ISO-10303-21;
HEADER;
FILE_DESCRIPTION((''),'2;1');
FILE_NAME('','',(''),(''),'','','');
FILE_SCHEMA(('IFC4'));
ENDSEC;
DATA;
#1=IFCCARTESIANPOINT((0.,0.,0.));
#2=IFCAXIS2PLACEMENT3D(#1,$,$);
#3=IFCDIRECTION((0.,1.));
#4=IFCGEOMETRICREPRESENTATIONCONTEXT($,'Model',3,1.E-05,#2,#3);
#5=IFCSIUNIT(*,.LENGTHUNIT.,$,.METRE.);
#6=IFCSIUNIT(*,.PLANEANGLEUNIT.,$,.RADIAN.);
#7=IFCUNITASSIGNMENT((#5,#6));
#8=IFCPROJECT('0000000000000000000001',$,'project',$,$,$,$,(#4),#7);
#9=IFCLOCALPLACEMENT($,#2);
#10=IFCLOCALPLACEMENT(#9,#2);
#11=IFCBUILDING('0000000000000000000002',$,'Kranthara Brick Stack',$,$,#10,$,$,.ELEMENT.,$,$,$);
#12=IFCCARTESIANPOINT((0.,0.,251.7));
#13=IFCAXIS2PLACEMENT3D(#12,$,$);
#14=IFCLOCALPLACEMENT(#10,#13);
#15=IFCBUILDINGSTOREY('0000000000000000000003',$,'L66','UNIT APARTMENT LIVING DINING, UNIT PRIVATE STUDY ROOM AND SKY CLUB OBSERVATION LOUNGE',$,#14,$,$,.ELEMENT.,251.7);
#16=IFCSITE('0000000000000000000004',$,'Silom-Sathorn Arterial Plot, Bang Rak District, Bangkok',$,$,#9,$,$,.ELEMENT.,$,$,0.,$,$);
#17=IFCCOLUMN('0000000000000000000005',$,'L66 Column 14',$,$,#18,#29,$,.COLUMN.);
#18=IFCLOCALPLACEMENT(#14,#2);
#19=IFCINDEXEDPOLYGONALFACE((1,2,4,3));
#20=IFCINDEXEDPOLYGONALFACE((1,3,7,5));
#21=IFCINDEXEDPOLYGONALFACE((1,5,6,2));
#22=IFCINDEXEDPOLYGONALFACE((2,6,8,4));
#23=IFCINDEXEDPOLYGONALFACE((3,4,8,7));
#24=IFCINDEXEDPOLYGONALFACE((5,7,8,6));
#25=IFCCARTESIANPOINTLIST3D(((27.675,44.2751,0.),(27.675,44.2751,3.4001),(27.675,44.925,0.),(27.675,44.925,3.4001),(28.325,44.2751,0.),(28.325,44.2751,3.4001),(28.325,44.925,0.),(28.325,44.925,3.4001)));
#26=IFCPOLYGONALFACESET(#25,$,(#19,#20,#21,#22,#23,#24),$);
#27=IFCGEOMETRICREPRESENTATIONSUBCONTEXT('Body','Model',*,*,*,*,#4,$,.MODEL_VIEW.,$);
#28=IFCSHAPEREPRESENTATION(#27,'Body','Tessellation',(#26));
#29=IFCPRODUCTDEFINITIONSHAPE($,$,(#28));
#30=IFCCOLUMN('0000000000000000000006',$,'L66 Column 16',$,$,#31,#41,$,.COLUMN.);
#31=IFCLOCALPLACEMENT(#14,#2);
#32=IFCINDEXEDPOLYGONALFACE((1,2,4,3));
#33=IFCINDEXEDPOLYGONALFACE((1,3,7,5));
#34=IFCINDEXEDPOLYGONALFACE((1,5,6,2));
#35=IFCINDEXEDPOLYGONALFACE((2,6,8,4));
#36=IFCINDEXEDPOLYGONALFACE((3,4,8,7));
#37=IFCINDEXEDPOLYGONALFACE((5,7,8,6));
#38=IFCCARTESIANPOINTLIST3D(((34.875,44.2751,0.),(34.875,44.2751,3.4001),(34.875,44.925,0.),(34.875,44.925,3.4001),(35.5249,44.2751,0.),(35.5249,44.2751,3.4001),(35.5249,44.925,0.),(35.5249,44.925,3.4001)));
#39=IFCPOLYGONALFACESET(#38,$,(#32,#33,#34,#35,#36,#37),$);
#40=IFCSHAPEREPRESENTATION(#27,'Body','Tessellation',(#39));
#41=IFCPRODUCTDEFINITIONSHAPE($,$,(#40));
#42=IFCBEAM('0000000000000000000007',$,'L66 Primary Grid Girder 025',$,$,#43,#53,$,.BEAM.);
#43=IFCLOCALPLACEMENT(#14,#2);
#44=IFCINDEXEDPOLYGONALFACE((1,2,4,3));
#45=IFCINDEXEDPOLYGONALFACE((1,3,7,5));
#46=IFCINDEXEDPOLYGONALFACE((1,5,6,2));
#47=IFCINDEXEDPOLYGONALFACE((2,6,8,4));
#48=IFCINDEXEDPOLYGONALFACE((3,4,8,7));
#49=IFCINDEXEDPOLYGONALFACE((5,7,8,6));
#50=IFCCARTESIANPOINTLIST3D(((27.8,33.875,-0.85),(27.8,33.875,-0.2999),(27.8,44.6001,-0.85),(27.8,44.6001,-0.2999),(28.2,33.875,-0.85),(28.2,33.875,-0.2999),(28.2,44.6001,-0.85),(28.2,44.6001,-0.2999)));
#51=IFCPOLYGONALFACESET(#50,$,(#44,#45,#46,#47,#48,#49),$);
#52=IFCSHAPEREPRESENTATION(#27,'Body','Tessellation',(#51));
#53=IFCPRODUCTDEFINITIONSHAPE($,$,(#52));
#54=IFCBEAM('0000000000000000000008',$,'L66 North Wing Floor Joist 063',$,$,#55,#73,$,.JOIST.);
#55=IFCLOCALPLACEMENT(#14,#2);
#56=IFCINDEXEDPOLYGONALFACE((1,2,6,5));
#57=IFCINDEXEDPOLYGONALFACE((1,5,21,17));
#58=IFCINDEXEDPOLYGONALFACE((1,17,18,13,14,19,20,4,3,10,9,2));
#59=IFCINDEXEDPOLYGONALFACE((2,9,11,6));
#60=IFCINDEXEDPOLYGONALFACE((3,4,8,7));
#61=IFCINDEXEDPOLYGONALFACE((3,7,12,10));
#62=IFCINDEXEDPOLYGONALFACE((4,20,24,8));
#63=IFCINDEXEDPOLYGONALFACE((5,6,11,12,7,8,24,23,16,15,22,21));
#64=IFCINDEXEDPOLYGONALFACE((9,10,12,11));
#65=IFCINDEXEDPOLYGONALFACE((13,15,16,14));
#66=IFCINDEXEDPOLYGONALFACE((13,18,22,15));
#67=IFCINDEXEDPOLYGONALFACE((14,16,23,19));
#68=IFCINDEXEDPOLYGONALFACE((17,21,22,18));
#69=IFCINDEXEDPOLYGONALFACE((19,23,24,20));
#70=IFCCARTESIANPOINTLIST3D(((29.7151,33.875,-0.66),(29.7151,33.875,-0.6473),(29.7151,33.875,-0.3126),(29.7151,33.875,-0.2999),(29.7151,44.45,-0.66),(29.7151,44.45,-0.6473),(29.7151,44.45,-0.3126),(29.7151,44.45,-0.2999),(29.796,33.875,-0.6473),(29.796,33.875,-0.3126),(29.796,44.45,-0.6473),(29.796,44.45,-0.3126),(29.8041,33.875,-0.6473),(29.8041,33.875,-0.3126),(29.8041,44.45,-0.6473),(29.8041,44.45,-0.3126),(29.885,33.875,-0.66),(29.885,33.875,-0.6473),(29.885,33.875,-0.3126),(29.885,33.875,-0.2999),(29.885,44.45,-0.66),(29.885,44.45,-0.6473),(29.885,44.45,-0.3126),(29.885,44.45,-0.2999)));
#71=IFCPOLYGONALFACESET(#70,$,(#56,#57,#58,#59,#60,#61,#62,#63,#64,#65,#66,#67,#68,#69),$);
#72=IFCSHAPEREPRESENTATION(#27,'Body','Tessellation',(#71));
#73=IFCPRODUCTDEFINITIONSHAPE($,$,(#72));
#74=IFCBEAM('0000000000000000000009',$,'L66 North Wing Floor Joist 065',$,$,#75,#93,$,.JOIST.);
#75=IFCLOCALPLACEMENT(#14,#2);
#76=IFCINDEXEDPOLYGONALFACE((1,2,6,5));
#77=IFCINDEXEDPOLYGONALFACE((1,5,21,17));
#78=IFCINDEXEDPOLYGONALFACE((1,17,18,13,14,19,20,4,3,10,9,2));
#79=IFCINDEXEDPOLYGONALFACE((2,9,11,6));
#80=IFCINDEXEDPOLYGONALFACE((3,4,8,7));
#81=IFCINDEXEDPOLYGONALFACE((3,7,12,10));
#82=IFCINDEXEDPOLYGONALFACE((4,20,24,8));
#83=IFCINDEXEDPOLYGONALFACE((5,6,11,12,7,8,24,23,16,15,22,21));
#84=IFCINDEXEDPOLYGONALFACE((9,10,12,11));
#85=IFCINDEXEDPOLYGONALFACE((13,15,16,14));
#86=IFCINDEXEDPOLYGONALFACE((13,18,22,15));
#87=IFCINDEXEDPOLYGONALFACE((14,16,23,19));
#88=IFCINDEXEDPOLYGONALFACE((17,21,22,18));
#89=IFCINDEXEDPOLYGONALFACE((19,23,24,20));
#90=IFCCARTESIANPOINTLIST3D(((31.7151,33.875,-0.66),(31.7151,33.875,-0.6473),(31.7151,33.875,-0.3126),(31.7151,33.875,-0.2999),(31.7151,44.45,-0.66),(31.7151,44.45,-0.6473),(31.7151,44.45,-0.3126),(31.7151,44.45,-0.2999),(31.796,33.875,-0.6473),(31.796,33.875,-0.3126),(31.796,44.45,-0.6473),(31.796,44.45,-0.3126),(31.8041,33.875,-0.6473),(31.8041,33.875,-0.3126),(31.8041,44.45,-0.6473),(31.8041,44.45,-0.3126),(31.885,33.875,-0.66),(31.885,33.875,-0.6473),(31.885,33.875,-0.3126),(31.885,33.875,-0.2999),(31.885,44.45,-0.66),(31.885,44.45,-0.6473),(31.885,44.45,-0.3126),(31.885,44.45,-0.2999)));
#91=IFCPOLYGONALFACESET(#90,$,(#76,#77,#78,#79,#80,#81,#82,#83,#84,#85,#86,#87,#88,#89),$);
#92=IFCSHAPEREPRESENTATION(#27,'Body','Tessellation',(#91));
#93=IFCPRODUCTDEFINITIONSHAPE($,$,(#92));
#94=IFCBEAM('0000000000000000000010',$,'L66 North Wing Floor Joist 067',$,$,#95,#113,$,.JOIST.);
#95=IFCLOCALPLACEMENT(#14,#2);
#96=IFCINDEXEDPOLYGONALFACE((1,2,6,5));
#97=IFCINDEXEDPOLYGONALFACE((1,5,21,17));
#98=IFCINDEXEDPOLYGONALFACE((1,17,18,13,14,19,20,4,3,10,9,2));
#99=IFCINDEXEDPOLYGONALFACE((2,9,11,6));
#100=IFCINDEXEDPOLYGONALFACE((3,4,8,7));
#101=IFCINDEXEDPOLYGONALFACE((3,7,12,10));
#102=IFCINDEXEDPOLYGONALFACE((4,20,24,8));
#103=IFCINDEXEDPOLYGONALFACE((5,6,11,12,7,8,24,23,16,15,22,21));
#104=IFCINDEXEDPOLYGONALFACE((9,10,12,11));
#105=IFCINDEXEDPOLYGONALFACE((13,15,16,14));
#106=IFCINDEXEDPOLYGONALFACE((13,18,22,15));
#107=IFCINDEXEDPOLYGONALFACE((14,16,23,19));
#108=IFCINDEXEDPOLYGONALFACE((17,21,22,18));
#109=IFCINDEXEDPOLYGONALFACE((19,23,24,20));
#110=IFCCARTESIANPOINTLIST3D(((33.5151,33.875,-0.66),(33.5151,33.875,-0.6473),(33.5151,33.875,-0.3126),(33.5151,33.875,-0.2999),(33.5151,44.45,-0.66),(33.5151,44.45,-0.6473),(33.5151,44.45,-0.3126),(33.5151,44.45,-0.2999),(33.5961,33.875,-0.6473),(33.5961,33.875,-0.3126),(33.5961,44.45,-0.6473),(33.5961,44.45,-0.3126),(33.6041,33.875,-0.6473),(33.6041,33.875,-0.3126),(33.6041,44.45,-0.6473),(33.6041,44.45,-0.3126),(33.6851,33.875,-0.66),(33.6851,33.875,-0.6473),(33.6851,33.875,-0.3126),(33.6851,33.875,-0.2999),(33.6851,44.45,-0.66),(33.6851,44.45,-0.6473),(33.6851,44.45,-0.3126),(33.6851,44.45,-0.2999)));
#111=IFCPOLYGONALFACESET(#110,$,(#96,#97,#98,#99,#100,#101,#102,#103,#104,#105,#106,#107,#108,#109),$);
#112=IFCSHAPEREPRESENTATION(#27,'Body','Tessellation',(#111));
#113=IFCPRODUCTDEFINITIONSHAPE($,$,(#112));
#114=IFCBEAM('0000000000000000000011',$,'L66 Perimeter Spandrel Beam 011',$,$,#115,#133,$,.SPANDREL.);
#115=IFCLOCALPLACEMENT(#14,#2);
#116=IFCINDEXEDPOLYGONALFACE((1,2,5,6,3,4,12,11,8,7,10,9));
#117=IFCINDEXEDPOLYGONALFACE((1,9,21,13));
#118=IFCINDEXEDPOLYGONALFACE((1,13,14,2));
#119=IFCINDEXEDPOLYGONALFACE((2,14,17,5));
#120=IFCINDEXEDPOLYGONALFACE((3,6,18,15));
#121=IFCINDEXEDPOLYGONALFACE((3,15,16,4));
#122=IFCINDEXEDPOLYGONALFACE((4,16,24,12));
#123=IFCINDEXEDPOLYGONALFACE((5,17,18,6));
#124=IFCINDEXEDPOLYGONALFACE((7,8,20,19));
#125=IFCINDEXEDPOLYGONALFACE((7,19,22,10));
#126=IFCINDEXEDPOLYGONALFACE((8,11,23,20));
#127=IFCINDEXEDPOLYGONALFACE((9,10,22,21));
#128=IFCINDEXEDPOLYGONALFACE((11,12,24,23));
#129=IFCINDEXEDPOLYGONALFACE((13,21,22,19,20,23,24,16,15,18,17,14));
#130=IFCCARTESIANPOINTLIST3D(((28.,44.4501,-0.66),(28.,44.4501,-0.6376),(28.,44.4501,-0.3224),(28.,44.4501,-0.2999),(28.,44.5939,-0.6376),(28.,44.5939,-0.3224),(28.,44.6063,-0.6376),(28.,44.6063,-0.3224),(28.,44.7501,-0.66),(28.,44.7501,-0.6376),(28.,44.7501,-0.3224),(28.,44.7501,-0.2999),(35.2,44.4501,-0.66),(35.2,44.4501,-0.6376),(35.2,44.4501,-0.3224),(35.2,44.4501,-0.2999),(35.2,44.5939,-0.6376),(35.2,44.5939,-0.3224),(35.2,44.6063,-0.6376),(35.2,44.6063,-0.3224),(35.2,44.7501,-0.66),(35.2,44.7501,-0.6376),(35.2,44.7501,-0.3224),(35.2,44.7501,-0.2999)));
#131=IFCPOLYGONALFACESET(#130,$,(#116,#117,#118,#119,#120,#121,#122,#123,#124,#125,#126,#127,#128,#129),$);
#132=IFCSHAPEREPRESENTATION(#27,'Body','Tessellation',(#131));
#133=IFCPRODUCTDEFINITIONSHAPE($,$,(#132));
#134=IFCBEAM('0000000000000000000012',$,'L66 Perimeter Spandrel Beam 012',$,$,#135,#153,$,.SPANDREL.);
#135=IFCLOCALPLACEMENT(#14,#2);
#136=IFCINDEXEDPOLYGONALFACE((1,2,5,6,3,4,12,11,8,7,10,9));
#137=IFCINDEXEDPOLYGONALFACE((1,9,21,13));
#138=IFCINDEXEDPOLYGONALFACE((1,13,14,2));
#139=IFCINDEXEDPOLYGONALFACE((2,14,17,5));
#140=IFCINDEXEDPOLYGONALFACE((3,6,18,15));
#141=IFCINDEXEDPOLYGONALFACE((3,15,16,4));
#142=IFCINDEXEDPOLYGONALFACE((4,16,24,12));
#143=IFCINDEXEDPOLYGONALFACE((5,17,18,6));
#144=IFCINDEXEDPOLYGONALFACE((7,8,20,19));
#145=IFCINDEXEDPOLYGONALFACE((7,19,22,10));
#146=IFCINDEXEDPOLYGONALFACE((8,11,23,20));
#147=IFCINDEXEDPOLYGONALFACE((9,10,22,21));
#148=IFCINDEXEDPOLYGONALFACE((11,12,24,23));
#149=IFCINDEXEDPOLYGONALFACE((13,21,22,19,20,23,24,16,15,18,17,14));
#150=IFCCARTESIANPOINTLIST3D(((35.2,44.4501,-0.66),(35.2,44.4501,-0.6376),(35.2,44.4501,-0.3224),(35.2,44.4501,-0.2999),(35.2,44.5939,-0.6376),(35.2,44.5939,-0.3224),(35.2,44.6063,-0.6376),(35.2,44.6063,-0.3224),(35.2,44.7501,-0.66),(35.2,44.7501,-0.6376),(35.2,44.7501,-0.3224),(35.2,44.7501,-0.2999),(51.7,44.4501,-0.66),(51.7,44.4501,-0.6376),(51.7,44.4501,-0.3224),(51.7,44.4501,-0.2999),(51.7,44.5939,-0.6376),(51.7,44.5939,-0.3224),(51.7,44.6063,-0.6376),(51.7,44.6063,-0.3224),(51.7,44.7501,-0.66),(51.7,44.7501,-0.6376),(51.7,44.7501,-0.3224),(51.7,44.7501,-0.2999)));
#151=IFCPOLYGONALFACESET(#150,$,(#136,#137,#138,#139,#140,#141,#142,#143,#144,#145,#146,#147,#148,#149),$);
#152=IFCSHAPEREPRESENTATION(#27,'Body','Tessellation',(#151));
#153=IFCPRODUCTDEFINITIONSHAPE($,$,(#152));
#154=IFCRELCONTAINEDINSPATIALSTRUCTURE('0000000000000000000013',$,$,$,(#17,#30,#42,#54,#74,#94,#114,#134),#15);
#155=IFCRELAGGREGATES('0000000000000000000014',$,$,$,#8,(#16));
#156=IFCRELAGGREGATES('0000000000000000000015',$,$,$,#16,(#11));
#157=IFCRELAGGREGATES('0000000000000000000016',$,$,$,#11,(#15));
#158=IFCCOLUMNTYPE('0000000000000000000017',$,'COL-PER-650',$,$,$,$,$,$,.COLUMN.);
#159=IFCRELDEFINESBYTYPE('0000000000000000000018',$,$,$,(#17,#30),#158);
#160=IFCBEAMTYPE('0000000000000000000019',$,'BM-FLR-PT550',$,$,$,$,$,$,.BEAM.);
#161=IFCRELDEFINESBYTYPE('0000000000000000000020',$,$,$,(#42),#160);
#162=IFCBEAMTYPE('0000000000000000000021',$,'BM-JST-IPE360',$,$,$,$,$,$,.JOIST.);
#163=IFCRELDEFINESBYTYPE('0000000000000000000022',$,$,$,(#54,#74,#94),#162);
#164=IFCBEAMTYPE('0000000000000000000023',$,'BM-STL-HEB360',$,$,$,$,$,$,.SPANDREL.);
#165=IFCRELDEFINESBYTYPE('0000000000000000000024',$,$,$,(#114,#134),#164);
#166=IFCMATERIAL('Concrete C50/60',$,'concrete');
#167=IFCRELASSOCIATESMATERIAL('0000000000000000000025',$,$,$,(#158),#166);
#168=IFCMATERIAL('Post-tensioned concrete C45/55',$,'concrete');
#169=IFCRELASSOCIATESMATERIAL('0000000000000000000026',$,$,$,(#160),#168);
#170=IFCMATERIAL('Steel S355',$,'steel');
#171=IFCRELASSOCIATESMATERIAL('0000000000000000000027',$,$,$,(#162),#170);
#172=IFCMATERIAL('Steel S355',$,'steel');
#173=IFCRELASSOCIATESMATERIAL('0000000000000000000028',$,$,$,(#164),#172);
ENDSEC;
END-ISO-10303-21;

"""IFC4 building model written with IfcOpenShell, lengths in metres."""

from ifc_helpers import new_model, si_unit, direction, frame, origin, origin_2d, place, context, subcontext, project, spatial, rectangle, i_section, extrude, material, material_profile, profile_set, type_object, element, save


model = new_model("IFC4")

# Units and contexts
model_context = context("Model", 3, precision=1e-05, world=origin(), true_north=direction((0.0, 1.0)))
body_context = subcontext(model_context, "Body", "Model", "MODEL_VIEW")
ifc_project = project(units=[si_unit("LENGTHUNIT", "METRE"), si_unit("PLANEANGLEUNIT", "RADIAN")], contexts=[model_context])

# Site, building, storey
site_placement = place(None, origin())
site = spatial("IfcSite", under=ifc_project, at=site_placement, Name="Silom-Sathorn Arterial Plot, Bang Rak District, Bangkok", CompositionType="ELEMENT", RefElevation=0.0)
building_placement = place(site_placement, origin())
building = spatial("IfcBuilding", under=site, at=building_placement, Name="Kranthara Brick Stack", CompositionType="ELEMENT")
storey_placement = place(building_placement, frame((0.0, 0.0, 251.7)))
storey = spatial("IfcBuildingStorey", under=building, at=storey_placement, Name="L66", Description="UNIT APARTMENT LIVING DINING, UNIT PRIVATE STUDY ROOM AND SKY CLUB OBSERVATION LOUNGE", CompositionType="ELEMENT", Elevation=251.7)

# Columns
ifc_material_1 = material(Name="Concrete C50/60", Category="concrete")
ifc_material_profile_1 = material_profile(ifc_material_1, rectangle(XDim=0.6499, YDim=0.6499, at=origin_2d()), Name="RC 650x650")
ifc_profile_set_1 = profile_set([ifc_material_profile_1], Name="Concrete C50/60")
column_type = type_object("IfcColumnType", Name="COL-PER-650", PredefinedType="COLUMN", material=ifc_profile_set_1)
for number, where, z_axis, x_axis, name in (
    (1, (28.0, 44.6001, 0.0), (0.0, 0.0, 1.0), (1.0, 0.0, 0.0), "L66 Column 14"),
    (2, (35.2, 44.6001, 0.0), (0.0, 0.0, 1.0), (1.0, 0.0, 0.0), "L66 Column 16"),
):
    element("IfcColumn", number, at=place(storey_placement, frame(where, z_axis=z_axis, x_axis=x_axis)), inside=storey, type_object=column_type, Name=name, PredefinedType="COLUMN", context=body_context, shape_type="SweptSolid", body=[
        extrude(rectangle(XDim=0.6499, YDim=0.6499, at=origin_2d()), origin(), (0.0, 0.0, 1.0), 3.4001),
    ])

# Beams
ifc_material_2 = material(Name="Post-tensioned concrete C45/55", Category="concrete")
ifc_material_profile_2 = material_profile(ifc_material_2, rectangle(XDim=0.3999, YDim=0.55, at=origin_2d()), Name="PT 400x550")
ifc_profile_set_2 = profile_set([ifc_material_profile_2], Name="Post-tensioned concrete C45/55")
beam_type_1 = type_object("IfcBeamType", Name="BM-FLR-PT550", PredefinedType="BEAM", material=ifc_profile_set_2)
beam_1_placement = place(storey_placement, frame((28.0, 33.875, -0.575), z_axis=(0.0, 1.0, 0.0), x_axis=(-1.0, 0.0, 0.0)))
element("IfcBeam", 3, at=beam_1_placement, inside=storey, type_object=beam_type_1, Name="L66 Primary Grid Girder 025", PredefinedType="BEAM", context=body_context, shape_type="SweptSolid", body=[
    extrude(rectangle(XDim=0.3999, YDim=0.55, at=origin_2d()), origin(), (0.0, 0.0, 1.0), 10.7251),
])
ifc_material_3 = material(Name="Steel S355", Category="steel")
ifc_material_profile_3 = material_profile(ifc_material_3, i_section(OverallWidth=0.1699, OverallDepth=0.3601, WebThickness=0.0081, FlangeThickness=0.0127, at=origin_2d()), Name="IPE 360")
ifc_profile_set_3 = profile_set([ifc_material_profile_3], Name="Steel S355")
beam_type_2 = type_object("IfcBeamType", Name="BM-JST-IPE360", PredefinedType="JOIST", material=ifc_profile_set_3)
for number, where, z_axis, x_axis, name in (
    (4, (29.8, 33.875, -0.48), (0.0, 1.0, 0.0), (-1.0, 0.0, 0.0), "L66 North Wing Floor Joist 063"),
    (5, (31.8, 33.875, -0.48), (0.0, 1.0, 0.0), (-1.0, 0.0, 0.0), "L66 North Wing Floor Joist 065"),
    (6, (33.6001, 33.875, -0.48), (0.0, 1.0, 0.0), (-1.0, 0.0, 0.0), "L66 North Wing Floor Joist 067"),
):
    element("IfcBeam", number, at=place(storey_placement, frame(where, z_axis=z_axis, x_axis=x_axis)), inside=storey, type_object=beam_type_2, Name=name, PredefinedType="JOIST", context=body_context, shape_type="SweptSolid", body=[
        extrude(i_section(OverallWidth=0.1699, OverallDepth=0.3601, WebThickness=0.0081, FlangeThickness=0.0127, at=origin_2d()), origin(), (0.0, 0.0, 1.0), 10.575),
    ])
ifc_material_4 = material(Name="Steel S355", Category="steel")
ifc_material_profile_4 = material_profile(ifc_material_4, i_section(OverallWidth=0.3, OverallDepth=0.3601, WebThickness=0.0125, FlangeThickness=0.0225, at=origin_2d()), Name="HEB 360")
ifc_profile_set_4 = profile_set([ifc_material_profile_4], Name="Steel S355")
beam_type_3 = type_object("IfcBeamType", Name="BM-STL-HEB360", PredefinedType="SPANDREL", material=ifc_profile_set_4)
beam_2_placement = place(storey_placement, frame((28.0, 44.6001, -0.48), z_axis=(1.0, 0.0, 0.0), x_axis=(0.0, 1.0, 0.0)))
element("IfcBeam", 7, at=beam_2_placement, inside=storey, type_object=beam_type_3, Name="L66 Perimeter Spandrel Beam 011", PredefinedType="SPANDREL", context=body_context, shape_type="SweptSolid", body=[
    extrude(i_section(OverallWidth=0.3, OverallDepth=0.3601, WebThickness=0.0125, FlangeThickness=0.0225, at=origin_2d()), origin(), (0.0, 0.0, 1.0), 7.2),
])
beam_3_placement = place(storey_placement, frame((35.2, 44.6001, -0.48), z_axis=(1.0, 0.0, 0.0), x_axis=(0.0, 1.0, 0.0)))
element("IfcBeam", 8, at=beam_3_placement, inside=storey, type_object=beam_type_3, Name="L66 Perimeter Spandrel Beam 012", PredefinedType="SPANDREL", context=body_context, shape_type="SweptSolid", body=[
    extrude(i_section(OverallWidth=0.3, OverallDepth=0.3601, WebThickness=0.0125, FlangeThickness=0.0225, at=origin_2d()), origin(), (0.0, 0.0, 1.0), 16.5),
])

save(model, "model.ifc")
